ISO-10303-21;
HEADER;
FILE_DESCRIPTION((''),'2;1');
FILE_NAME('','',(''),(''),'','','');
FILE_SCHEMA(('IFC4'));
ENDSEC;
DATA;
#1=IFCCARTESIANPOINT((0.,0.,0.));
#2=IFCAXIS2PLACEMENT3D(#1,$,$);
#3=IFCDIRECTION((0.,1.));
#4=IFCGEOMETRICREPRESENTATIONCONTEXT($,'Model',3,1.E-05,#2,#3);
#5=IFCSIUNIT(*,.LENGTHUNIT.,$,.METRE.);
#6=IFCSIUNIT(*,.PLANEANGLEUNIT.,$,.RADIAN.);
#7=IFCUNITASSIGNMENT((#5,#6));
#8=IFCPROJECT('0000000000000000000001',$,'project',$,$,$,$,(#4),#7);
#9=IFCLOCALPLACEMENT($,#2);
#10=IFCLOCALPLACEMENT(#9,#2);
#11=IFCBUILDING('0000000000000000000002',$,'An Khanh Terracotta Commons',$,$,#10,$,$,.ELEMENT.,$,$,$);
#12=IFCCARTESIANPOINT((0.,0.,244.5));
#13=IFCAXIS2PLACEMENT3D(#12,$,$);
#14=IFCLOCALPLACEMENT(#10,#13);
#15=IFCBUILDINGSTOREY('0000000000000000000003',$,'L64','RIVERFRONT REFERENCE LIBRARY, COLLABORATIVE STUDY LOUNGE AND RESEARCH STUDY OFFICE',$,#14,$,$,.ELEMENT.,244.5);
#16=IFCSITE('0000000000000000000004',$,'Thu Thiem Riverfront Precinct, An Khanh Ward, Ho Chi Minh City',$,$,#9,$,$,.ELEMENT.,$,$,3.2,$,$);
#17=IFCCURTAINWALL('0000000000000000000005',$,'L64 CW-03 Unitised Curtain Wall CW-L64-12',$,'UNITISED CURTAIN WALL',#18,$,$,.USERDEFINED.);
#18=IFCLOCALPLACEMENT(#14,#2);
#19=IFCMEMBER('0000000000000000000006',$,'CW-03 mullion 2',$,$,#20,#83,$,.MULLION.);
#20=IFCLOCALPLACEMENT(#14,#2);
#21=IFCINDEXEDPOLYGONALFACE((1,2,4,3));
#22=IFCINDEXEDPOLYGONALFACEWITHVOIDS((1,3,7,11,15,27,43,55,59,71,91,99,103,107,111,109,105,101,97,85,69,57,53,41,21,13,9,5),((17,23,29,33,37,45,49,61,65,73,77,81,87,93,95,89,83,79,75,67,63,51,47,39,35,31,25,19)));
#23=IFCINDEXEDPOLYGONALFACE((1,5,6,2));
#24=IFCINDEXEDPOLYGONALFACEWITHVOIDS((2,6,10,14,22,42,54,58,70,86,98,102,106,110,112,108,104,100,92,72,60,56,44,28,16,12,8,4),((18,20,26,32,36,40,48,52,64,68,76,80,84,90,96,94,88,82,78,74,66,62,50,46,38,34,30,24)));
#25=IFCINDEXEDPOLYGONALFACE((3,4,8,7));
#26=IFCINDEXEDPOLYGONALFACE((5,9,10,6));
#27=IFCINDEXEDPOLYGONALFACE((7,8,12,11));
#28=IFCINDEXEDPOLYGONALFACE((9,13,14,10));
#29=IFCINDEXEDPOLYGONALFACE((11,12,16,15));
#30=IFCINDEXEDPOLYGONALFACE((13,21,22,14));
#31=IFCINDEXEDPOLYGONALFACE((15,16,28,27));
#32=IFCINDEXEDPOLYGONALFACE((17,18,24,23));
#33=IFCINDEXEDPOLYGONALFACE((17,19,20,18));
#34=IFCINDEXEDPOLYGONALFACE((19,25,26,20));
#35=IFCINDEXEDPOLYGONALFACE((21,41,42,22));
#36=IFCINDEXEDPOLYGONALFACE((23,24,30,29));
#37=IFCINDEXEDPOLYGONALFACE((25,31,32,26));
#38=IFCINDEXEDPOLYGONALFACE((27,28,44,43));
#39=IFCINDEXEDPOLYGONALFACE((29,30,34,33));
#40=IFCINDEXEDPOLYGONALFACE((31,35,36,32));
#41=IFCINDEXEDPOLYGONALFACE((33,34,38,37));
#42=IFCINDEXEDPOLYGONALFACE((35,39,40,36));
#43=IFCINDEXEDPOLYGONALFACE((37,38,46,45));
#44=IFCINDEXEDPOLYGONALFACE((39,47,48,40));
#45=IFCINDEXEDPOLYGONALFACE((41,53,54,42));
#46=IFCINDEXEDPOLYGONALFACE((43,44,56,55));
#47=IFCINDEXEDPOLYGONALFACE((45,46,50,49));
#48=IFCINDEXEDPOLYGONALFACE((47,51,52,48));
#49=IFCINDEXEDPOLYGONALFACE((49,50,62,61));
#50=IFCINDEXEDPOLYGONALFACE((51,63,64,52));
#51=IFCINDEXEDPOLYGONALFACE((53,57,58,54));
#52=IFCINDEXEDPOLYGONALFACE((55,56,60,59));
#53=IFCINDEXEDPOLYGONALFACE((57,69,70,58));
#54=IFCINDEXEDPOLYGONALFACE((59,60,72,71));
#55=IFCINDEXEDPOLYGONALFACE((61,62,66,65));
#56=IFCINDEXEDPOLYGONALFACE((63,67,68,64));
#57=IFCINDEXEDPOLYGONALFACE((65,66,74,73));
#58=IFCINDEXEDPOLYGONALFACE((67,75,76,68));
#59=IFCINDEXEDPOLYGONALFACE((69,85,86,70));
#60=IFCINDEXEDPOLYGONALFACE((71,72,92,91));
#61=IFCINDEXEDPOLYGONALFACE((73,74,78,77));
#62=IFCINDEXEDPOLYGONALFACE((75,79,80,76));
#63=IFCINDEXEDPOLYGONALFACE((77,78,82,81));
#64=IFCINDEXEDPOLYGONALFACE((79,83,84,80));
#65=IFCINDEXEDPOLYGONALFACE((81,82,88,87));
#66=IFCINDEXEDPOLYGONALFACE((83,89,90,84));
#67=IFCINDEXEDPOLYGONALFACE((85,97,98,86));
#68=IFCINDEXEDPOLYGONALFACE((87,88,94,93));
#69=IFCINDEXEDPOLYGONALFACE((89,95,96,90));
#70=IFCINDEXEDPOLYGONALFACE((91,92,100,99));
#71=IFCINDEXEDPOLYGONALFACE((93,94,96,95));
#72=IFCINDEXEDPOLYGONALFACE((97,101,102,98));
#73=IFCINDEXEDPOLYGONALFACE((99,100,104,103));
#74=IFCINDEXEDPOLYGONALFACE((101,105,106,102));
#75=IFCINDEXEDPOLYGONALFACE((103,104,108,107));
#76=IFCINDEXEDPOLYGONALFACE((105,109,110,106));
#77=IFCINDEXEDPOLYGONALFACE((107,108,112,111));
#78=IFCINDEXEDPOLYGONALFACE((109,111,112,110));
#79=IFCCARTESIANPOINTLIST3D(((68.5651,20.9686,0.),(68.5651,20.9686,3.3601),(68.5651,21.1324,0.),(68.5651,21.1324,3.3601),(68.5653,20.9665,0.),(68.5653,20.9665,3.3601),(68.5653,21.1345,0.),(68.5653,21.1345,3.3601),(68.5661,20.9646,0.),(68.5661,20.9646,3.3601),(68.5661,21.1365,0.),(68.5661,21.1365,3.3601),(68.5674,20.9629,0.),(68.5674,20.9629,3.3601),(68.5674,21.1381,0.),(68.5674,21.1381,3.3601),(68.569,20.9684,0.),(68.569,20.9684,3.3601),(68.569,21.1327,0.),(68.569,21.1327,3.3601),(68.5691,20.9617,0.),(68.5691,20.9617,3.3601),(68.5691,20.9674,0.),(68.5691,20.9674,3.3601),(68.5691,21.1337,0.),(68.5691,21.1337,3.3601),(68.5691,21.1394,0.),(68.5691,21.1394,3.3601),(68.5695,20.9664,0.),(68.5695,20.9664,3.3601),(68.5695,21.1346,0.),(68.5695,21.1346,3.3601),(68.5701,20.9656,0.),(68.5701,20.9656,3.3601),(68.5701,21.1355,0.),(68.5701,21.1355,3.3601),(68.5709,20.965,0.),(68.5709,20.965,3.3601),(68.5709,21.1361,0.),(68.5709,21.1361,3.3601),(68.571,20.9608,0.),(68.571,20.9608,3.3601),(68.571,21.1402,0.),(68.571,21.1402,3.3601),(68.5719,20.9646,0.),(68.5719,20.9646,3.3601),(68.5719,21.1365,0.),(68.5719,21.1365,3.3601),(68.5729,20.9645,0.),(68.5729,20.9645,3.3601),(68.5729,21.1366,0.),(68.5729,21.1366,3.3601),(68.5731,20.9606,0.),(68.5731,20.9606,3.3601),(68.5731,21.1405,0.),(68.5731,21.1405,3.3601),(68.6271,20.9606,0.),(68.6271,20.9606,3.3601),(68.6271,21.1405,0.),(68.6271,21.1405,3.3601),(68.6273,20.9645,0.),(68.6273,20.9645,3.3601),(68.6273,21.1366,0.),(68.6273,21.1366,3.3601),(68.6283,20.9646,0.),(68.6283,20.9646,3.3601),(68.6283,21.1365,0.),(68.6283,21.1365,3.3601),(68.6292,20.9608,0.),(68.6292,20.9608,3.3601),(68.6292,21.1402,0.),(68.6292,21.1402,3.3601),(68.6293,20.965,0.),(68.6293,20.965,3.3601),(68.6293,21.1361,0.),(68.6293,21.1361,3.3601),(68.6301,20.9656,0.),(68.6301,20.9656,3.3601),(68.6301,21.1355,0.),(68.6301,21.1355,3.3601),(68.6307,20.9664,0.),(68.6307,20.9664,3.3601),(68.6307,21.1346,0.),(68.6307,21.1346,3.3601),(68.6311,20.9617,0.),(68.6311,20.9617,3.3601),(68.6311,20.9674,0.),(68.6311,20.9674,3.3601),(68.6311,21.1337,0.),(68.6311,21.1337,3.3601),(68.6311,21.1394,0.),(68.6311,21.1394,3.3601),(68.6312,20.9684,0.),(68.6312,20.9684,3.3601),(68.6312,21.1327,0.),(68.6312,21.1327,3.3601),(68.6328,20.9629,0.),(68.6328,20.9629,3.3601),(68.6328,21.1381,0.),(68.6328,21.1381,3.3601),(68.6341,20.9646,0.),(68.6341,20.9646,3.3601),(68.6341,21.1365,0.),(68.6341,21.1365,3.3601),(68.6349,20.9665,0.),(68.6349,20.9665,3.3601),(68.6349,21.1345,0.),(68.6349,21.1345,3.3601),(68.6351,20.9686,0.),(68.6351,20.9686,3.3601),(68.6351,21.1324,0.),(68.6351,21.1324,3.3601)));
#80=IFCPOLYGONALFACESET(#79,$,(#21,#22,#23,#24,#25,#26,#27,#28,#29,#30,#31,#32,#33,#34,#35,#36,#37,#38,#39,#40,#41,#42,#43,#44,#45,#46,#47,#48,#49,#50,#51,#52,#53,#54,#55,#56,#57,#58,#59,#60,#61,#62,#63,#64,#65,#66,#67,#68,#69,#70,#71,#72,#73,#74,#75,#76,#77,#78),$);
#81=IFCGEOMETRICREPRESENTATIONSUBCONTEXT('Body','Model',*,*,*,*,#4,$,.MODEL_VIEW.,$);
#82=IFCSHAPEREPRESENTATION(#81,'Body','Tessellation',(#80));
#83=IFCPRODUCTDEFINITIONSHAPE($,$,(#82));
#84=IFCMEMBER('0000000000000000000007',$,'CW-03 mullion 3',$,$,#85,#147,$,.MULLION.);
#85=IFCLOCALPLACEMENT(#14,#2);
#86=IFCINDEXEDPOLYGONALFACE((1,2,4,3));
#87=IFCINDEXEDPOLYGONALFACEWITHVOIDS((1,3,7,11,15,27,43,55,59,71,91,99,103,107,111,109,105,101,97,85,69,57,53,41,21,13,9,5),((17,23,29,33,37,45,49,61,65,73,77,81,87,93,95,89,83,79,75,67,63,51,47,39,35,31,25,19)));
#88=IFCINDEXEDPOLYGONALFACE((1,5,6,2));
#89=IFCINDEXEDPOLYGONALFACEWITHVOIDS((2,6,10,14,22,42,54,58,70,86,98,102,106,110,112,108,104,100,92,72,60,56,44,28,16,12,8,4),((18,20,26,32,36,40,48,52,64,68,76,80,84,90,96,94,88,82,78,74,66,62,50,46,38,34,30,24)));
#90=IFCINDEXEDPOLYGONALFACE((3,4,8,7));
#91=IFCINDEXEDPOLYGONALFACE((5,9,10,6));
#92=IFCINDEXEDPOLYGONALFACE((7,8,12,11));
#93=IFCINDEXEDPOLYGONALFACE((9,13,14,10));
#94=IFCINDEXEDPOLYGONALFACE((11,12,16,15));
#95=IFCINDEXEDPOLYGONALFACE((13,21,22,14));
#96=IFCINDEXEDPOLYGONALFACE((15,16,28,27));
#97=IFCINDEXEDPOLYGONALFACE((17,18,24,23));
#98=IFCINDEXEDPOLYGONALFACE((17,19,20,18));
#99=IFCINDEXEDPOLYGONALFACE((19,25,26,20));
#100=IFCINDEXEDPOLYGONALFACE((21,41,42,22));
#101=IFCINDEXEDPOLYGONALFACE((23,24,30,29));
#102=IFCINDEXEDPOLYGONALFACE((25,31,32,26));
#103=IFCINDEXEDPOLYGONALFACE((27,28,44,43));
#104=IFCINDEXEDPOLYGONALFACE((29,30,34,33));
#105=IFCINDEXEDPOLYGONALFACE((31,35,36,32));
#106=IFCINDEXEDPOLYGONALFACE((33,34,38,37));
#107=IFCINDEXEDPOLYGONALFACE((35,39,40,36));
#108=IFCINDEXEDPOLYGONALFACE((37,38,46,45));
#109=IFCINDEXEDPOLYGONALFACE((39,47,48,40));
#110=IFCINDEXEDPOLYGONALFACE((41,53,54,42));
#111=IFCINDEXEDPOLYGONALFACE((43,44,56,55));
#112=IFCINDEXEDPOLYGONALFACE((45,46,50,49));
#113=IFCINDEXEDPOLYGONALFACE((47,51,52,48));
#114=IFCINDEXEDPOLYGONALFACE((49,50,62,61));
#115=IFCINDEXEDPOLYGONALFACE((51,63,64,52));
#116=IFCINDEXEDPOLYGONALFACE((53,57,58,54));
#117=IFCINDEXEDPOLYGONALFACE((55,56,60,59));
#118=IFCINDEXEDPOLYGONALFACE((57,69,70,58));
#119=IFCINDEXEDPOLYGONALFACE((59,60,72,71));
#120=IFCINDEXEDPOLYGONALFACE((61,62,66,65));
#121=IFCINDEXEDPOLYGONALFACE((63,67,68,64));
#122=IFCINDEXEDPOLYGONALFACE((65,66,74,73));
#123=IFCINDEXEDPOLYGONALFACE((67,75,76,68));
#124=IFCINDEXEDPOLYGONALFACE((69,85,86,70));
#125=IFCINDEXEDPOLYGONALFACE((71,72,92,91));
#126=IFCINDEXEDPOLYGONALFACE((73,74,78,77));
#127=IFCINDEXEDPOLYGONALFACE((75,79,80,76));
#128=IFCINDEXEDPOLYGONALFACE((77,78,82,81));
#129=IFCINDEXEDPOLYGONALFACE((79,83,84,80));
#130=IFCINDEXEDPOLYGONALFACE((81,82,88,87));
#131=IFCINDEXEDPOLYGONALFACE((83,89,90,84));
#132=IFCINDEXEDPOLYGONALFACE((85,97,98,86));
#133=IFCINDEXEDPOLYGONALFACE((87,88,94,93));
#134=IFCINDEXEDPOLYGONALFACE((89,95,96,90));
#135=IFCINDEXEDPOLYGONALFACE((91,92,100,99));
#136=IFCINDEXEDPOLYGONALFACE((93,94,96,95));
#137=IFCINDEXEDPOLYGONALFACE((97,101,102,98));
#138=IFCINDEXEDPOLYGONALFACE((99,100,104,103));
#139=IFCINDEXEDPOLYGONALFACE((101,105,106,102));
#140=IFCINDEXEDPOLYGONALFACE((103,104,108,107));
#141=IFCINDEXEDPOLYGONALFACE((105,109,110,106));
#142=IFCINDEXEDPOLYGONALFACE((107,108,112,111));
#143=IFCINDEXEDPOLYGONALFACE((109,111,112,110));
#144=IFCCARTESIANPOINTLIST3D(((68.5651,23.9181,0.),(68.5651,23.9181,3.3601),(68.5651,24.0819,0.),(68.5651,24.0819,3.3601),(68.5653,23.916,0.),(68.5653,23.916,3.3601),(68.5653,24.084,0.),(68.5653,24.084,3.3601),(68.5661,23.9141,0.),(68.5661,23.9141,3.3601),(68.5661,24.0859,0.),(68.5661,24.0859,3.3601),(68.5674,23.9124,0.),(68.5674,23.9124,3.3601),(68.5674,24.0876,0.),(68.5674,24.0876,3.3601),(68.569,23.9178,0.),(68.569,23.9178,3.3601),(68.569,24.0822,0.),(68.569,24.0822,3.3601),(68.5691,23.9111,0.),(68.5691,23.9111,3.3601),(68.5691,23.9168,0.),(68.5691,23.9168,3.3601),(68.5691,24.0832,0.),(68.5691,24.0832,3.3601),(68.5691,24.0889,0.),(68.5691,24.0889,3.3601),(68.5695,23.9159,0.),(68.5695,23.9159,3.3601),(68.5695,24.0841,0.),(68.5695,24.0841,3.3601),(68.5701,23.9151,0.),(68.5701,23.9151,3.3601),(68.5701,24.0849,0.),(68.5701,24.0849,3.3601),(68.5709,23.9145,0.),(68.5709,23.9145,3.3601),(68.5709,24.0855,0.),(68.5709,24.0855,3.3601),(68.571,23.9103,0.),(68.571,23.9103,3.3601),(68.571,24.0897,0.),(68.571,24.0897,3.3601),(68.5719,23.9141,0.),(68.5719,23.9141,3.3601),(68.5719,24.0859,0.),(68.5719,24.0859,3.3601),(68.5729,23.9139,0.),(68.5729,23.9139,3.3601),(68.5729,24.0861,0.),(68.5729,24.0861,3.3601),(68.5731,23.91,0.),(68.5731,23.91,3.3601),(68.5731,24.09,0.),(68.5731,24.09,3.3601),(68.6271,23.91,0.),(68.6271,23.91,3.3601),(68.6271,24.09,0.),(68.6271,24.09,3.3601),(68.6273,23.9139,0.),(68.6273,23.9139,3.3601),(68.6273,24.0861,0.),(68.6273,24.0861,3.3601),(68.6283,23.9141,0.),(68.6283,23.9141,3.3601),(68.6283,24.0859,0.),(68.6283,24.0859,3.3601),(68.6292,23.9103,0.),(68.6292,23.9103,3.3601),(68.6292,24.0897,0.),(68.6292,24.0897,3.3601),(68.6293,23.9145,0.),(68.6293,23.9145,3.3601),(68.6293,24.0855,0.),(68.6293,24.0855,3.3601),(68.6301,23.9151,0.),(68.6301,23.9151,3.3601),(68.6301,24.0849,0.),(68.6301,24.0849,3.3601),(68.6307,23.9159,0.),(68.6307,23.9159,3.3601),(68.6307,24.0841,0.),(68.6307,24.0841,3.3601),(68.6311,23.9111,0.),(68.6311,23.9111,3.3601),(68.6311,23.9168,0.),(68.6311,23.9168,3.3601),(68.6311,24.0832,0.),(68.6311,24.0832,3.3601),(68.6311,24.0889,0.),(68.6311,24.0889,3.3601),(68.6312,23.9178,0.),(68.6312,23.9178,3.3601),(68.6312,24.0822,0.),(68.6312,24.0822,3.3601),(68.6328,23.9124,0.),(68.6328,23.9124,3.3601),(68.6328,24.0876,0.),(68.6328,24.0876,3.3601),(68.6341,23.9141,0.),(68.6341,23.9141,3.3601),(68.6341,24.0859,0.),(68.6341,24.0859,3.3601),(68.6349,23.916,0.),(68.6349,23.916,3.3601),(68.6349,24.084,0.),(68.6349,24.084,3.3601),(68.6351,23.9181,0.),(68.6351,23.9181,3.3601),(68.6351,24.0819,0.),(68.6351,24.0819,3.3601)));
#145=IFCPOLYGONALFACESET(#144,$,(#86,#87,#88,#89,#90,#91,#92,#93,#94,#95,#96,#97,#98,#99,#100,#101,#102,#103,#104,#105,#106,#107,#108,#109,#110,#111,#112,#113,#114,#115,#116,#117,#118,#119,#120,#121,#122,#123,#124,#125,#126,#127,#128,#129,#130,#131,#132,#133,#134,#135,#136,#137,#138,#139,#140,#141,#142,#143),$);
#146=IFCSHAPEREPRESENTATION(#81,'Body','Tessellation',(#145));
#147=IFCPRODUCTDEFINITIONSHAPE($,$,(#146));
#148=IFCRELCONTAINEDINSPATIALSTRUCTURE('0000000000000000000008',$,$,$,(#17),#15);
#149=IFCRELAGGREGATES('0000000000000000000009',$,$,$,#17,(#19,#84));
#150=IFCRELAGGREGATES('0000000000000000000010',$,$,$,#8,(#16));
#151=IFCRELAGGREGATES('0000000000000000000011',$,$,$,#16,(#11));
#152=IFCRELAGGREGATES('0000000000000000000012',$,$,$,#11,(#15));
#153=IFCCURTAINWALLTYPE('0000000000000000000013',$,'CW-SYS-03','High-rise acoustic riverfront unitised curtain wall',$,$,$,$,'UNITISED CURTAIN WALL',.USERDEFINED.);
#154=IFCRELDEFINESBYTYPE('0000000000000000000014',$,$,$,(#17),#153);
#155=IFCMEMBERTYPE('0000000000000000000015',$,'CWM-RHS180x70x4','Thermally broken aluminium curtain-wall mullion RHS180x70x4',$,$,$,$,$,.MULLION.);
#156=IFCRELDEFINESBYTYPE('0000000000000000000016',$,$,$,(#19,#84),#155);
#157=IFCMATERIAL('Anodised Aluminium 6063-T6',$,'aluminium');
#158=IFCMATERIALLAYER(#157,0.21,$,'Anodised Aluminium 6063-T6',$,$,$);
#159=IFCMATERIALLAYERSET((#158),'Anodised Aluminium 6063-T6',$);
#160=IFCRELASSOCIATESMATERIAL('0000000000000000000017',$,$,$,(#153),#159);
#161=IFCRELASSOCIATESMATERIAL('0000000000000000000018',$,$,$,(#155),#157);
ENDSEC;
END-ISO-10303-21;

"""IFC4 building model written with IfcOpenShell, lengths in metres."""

from ifc_helpers import new_model, si_unit, direction, frame, origin, origin_2d, place, context, subcontext, project, spatial, hollow_rectangle, extrude, material, layer, layer_set, material_profile, profile_set, type_object, element, aggregate, save


model = new_model("IFC4")

# Units and contexts
model_context = context("Model", 3, precision=1e-05, world=origin(), true_north=direction((0.0, 1.0)))
body_context = subcontext(model_context, "Body", "Model", "MODEL_VIEW")
ifc_project = project(units=[si_unit("LENGTHUNIT", "METRE"), si_unit("PLANEANGLEUNIT", "RADIAN")], contexts=[model_context])

# Site, building, storey
site_placement = place(None, origin())
site = spatial("IfcSite", under=ifc_project, at=site_placement, Name="Thu Thiem Riverfront Precinct, An Khanh Ward, Ho Chi Minh City", CompositionType="ELEMENT", RefElevation=3.2)
building_placement = place(site_placement, origin())
building = spatial("IfcBuilding", under=site, at=building_placement, Name="An Khanh Terracotta Commons", CompositionType="ELEMENT")
storey_placement = place(building_placement, frame((0.0, 0.0, 244.5)))
storey = spatial("IfcBuildingStorey", under=building, at=storey_placement, Name="L64", Description="RIVERFRONT REFERENCE LIBRARY, COLLABORATIVE STUDY LOUNGE AND RESEARCH STUDY OFFICE", CompositionType="ELEMENT", Elevation=244.5)

# Curtain wall, members
ifc_material_1 = material(Name="Anodised Aluminium 6063-T6", Category="aluminium")
ifc_layer_1 = layer(ifc_material_1, 0.21, Name="Anodised Aluminium 6063-T6")
ifc_layer_set_1 = layer_set([ifc_layer_1], Name="Anodised Aluminium 6063-T6")
curtain_wall_type = type_object("IfcCurtainWallType", Name="CW-SYS-03", Description="High-rise acoustic riverfront unitised curtain wall", ElementType="UNITISED CURTAIN WALL", PredefinedType="USERDEFINED", material=ifc_layer_set_1)
ifc_material_profile_1 = material_profile(ifc_material_1, hollow_rectangle(XDim=0.0701, YDim=0.1799, WallThickness=0.0039, InnerFilletRadius=0.0039, OuterFilletRadius=0.0081, at=origin_2d()), Name="RHS180x70x4")
ifc_profile_set_1 = profile_set([ifc_material_profile_1], Name="Anodised Aluminium 6063-T6")
member_type_1 = type_object("IfcMemberType", Name="CWM-RHS180x70x4", Description="Thermally broken aluminium curtain-wall mullion RHS180x70x4", PredefinedType="MULLION", material=ifc_profile_set_1)
curtain_wall_1_placement = place(storey_placement, origin())
curtain_wall_1 = element("IfcCurtainWall", 1, at=curtain_wall_1_placement, inside=storey, type_object=curtain_wall_type, Name="L64 CW-03 Unitised Curtain Wall CW-L64-12", ObjectType="UNITISED CURTAIN WALL", PredefinedType="USERDEFINED")
member_1_placement = place(storey_placement, frame((68.6001, 21.0505, 0.0), z_axis=(0.0, 0.0, 1.0), x_axis=(-1.0, 0.0, 0.0)))
member_1 = element("IfcMember", 2, at=member_1_placement, type_object=member_type_1, Name="CW-03 mullion 2", PredefinedType="MULLION", context=body_context, shape_type="SweptSolid", body=[
    extrude(hollow_rectangle(XDim=0.0701, YDim=0.1799, WallThickness=0.0039, InnerFilletRadius=0.0039, OuterFilletRadius=0.0081, at=origin_2d()), origin(), (0.0, 0.0, 1.0), 3.3601),
])
member_2_placement = place(storey_placement, frame((68.6001, 24.0, 0.0), z_axis=(0.0, 0.0, 1.0), x_axis=(-1.0, 0.0, 0.0)))
member_2 = element("IfcMember", 3, at=member_2_placement, type_object=member_type_1, Name="CW-03 mullion 3", PredefinedType="MULLION", context=body_context, shape_type="SweptSolid", body=[
    extrude(hollow_rectangle(XDim=0.0701, YDim=0.1799, WallThickness=0.0039, InnerFilletRadius=0.0039, OuterFilletRadius=0.0081, at=origin_2d()), origin(), (0.0, 0.0, 1.0), 3.3601),
])

aggregate(curtain_wall_1, [member_1, member_2])

save(model, "model.ifc")
